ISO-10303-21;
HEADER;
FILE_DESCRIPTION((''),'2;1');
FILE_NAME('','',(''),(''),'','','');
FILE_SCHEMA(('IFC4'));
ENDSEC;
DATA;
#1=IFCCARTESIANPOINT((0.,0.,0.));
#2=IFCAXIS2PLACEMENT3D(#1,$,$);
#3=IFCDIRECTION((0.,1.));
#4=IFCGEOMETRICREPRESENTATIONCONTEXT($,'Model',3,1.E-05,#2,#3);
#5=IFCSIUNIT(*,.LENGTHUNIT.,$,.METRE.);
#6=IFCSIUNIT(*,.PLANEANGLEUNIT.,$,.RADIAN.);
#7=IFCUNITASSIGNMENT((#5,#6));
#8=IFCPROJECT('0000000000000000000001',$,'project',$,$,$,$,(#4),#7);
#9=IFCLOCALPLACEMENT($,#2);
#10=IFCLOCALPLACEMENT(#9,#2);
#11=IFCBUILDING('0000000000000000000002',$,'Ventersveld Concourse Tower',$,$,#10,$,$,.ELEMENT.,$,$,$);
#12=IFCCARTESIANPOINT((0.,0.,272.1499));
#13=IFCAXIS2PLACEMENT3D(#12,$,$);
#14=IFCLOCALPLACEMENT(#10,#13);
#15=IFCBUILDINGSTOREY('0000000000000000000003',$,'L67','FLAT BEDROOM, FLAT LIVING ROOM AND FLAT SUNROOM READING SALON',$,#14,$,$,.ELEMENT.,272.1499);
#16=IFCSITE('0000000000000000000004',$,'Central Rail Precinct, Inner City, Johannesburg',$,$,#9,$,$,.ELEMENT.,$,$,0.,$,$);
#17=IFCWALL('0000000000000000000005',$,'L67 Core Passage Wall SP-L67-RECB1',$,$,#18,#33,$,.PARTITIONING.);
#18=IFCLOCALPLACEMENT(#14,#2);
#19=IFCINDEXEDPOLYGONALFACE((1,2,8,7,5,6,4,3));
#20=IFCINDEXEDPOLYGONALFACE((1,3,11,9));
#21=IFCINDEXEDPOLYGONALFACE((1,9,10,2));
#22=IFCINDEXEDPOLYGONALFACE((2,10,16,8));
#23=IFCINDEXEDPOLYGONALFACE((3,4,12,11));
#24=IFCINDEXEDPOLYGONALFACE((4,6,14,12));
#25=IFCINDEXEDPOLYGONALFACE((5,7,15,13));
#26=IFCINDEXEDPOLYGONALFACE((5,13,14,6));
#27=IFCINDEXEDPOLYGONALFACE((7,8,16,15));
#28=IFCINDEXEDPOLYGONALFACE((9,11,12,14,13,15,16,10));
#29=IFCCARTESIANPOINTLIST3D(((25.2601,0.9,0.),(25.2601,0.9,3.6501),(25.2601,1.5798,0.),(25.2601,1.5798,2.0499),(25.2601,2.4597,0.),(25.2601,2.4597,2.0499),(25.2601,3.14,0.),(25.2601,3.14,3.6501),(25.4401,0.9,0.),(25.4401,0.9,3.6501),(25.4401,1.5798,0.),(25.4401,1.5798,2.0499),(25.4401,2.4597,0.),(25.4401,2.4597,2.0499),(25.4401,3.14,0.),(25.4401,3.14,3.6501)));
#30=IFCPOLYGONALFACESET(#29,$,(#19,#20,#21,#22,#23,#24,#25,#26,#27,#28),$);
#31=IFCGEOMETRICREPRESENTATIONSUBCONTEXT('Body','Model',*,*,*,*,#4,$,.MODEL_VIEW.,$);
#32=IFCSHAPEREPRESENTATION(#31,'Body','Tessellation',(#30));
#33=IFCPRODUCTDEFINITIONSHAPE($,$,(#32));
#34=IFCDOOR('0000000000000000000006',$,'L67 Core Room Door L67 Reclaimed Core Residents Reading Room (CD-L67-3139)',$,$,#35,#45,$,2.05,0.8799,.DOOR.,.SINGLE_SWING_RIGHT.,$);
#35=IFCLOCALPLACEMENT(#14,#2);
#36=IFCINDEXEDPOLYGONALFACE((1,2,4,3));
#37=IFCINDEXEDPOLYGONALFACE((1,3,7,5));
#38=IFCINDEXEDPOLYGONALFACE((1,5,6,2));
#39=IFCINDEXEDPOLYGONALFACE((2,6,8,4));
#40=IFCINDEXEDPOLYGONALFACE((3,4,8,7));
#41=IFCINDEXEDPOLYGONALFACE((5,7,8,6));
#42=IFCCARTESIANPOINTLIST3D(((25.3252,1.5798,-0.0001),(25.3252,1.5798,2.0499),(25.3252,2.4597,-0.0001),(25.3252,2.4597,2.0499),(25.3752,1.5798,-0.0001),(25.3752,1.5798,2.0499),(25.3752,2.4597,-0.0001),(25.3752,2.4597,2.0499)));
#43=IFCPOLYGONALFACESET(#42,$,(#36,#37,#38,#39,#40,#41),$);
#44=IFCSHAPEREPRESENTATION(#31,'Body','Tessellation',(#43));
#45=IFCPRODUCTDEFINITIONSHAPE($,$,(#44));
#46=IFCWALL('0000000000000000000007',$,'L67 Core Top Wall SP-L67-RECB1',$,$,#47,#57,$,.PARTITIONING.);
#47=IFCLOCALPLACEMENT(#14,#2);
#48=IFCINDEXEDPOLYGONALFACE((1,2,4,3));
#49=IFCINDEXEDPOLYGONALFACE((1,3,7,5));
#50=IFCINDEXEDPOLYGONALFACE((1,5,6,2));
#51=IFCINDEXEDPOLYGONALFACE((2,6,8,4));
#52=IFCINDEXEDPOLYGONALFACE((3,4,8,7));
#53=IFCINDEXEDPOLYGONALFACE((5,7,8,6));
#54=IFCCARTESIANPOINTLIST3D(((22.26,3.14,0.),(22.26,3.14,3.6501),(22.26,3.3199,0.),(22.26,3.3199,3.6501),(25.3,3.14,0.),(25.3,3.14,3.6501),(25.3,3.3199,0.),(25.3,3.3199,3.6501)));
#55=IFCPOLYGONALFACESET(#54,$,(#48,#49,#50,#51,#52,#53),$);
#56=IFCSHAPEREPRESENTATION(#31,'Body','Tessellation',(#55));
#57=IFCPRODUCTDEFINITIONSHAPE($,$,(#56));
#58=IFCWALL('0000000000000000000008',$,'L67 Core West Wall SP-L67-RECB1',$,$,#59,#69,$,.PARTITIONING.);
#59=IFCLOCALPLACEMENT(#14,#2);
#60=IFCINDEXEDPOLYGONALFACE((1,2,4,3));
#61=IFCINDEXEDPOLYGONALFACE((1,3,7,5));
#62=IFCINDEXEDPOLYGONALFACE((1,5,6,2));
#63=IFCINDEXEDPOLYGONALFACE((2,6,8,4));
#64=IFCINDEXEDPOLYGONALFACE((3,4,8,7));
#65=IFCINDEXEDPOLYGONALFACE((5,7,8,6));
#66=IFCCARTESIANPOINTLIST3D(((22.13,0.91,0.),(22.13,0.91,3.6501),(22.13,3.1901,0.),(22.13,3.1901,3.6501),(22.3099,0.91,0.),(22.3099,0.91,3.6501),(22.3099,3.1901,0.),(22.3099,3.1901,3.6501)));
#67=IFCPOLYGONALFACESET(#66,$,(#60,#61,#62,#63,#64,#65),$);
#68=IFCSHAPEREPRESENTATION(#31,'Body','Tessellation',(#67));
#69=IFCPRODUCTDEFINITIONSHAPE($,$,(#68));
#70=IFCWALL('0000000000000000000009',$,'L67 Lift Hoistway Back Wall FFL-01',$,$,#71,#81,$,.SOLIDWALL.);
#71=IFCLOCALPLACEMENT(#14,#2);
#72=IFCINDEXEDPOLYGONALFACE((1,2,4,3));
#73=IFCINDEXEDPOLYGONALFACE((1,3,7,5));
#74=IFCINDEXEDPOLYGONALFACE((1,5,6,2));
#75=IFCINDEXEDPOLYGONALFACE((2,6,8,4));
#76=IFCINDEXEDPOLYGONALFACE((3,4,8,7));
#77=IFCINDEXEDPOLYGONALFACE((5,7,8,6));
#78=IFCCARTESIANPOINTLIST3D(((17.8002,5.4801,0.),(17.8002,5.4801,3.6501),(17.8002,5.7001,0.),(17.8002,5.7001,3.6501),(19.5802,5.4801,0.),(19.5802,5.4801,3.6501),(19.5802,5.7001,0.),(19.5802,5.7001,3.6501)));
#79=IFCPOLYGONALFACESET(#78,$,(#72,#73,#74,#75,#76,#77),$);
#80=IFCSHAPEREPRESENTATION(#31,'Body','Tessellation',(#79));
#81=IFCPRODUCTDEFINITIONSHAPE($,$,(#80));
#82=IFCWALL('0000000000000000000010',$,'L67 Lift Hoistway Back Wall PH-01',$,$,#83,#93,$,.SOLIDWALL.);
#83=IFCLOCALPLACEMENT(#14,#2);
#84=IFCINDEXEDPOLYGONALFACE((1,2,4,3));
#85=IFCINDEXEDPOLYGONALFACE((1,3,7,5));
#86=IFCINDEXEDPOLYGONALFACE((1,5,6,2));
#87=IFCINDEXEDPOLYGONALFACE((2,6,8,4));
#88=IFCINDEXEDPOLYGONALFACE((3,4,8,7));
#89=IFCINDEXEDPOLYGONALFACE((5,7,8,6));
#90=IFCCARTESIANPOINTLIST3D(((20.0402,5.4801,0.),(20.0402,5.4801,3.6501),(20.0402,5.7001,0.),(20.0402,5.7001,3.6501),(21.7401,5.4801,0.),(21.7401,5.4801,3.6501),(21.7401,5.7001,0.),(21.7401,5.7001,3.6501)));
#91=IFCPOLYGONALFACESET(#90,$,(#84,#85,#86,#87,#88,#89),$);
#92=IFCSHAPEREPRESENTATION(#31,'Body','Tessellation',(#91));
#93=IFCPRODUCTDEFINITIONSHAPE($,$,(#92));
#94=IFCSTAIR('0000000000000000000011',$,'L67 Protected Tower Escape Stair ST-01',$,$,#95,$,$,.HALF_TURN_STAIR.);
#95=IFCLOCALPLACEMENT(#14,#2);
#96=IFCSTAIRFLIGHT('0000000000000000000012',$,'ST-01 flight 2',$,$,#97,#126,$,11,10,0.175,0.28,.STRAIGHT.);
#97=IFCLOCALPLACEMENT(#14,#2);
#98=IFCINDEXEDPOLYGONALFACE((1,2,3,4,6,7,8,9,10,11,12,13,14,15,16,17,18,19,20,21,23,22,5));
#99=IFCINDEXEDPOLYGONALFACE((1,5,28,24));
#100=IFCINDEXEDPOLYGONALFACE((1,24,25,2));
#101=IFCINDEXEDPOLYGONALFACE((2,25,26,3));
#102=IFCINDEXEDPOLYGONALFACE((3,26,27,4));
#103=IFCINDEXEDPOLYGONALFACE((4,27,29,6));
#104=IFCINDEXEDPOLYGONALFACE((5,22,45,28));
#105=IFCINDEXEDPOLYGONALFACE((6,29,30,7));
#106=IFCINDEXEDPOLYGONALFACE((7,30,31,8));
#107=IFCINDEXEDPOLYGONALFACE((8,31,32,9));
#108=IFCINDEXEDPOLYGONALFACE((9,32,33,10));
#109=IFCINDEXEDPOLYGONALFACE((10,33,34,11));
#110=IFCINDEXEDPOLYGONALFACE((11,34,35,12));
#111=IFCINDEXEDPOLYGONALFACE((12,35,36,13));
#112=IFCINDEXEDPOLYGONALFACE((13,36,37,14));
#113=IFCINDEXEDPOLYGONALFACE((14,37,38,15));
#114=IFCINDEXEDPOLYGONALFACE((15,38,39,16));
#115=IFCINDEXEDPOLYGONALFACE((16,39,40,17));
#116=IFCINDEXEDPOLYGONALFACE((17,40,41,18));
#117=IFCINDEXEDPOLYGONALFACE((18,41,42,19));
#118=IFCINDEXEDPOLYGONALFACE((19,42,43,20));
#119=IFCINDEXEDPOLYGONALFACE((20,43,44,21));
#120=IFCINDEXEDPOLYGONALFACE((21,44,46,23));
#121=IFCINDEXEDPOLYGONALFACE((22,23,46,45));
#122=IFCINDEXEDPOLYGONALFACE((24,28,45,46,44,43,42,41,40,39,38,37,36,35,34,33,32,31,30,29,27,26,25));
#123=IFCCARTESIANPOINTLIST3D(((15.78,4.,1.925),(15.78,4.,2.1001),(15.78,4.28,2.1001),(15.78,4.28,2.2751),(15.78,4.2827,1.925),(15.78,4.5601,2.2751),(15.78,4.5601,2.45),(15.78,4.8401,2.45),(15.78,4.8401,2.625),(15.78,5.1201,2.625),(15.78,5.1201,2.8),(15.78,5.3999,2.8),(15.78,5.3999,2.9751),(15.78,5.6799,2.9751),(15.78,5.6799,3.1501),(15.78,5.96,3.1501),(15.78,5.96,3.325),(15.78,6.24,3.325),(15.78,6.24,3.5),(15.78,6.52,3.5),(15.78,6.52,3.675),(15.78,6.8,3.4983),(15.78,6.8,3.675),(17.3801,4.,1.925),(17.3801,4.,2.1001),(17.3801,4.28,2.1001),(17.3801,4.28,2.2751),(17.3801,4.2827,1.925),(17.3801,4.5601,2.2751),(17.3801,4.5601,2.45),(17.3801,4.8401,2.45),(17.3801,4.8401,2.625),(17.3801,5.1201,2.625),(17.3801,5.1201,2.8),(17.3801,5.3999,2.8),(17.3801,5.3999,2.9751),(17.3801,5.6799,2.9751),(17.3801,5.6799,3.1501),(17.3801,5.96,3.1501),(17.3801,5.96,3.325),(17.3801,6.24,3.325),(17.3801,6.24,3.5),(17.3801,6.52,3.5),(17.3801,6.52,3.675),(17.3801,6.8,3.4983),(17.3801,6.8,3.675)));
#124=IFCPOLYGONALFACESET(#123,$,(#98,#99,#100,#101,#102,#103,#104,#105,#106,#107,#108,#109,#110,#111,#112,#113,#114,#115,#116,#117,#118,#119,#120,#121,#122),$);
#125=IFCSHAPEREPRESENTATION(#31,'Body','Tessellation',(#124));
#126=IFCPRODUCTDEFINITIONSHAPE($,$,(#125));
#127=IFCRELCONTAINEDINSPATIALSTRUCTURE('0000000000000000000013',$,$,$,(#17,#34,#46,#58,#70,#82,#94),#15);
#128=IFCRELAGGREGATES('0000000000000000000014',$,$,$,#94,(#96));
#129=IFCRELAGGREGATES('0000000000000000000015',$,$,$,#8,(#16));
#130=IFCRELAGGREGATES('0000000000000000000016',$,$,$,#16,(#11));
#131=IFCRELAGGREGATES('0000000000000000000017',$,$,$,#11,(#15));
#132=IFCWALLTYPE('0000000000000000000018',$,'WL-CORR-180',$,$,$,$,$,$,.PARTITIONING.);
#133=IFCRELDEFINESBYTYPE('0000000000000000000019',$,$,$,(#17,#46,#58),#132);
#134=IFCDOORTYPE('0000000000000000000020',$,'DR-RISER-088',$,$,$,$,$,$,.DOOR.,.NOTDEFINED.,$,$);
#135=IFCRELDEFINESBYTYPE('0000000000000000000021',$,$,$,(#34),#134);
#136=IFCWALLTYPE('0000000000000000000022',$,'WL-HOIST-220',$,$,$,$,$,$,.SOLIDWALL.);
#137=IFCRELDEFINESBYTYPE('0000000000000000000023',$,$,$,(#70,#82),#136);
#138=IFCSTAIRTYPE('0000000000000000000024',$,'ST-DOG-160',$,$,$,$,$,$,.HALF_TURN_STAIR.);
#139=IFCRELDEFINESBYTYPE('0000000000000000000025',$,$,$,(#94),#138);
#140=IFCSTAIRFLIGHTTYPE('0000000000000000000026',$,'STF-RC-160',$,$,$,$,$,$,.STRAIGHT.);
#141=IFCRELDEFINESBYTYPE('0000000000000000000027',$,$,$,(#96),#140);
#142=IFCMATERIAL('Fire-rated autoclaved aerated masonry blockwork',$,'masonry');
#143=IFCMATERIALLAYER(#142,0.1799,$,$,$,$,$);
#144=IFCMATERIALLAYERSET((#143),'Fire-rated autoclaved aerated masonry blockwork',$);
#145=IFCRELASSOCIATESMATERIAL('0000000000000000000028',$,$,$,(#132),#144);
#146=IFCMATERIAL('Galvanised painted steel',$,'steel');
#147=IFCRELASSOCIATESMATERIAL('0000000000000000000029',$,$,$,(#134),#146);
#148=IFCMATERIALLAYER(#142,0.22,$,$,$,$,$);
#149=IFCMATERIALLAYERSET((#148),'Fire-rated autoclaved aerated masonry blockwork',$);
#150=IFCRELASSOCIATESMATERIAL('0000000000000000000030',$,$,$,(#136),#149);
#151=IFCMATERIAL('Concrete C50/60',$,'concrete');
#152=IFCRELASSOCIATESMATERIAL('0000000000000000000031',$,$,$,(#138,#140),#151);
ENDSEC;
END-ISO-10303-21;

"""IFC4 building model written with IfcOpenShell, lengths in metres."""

from ifc_helpers import new_model, si_unit, direction, frame, frame_2d, origin, place, context, subcontext, project, spatial, polyline, rectangle, outline, extrude, material, layer, layer_set, type_object, element, fill, aggregate, save


model = new_model("IFC4")

# Units and contexts
model_context = context("Model", 3, precision=1e-05, world=origin(), true_north=direction((0.0, 1.0)))
body_context = subcontext(model_context, "Body", "Model", "MODEL_VIEW")
ifc_project = project(units=[si_unit("LENGTHUNIT", "METRE"), si_unit("PLANEANGLEUNIT", "RADIAN")], contexts=[model_context])

# Site, building, storey
site_placement = place(None, origin())
site = spatial("IfcSite", under=ifc_project, at=site_placement, Name="Central Rail Precinct, Inner City, Johannesburg", CompositionType="ELEMENT", RefElevation=0.0)
building_placement = place(site_placement, origin())
building = spatial("IfcBuilding", under=site, at=building_placement, Name="Ventersveld Concourse Tower", CompositionType="ELEMENT")
storey_placement = place(building_placement, frame((0.0, 0.0, 272.1499)))
storey = spatial("IfcBuildingStorey", under=building, at=storey_placement, Name="L67", Description="FLAT BEDROOM, FLAT LIVING ROOM AND FLAT SUNROOM READING SALON", CompositionType="ELEMENT", Elevation=272.1499)

# Shared definitions
ifc_material_1 = material(Name="Concrete C50/60", Category="concrete")

# Wall, opening, door
ifc_material_2 = material(Name="Fire-rated autoclaved aerated masonry blockwork", Category="masonry")
ifc_layer_1 = layer(ifc_material_2, 0.1799)
ifc_layer_set_1 = layer_set([ifc_layer_1], Name="Fire-rated autoclaved aerated masonry blockwork")
wall_type_1 = type_object("IfcWallType", Name="WL-CORR-180", PredefinedType="PARTITIONING", material=ifc_layer_set_1)
wall_1_placement = place(storey_placement, frame((25.3501, 0.8999, 0.0), z_axis=(0.0, 0.0, 1.0), x_axis=(0.0, 1.0, 0.0)))
wall_1 = element("IfcWall", 1, at=wall_1_placement, inside=storey, type_object=wall_type_1, Name="L67 Core Passage Wall SP-L67-RECB1", PredefinedType="PARTITIONING", context=body_context, shape_type="SweptSolid", body=[
    extrude(rectangle(XDim=2.24, YDim=0.1799, at=frame_2d((1.1201, 0.0))), origin(), (0.0, 0.0, 1.0), 3.6501),
])
opening_placement = place(wall_1_placement, frame((0.6799, 0.0, 0.0)))
opening = element("IfcOpeningElement", 2, at=opening_placement, cuts=wall_1, PredefinedType="OPENING", context=body_context, shape_type="SweptSolid", body=[
    extrude(rectangle(XDim=0.8799, YDim=2.05, at=frame_2d((0.4399, 1.0249))), frame((0.0, 0.1001, 0.0), z_axis=(0.0, -1.0, 0.0), x_axis=(1.0, 0.0, 0.0)), (0.0, 0.0, 1.0), 0.2),
])
ifc_material_3 = material(Name="Galvanised painted steel", Category="steel")
door_type = type_object("IfcDoorType", Name="DR-RISER-088", OperationType="NOTDEFINED", PredefinedType="DOOR", material=ifc_material_3)
door_placement = place(opening_placement, origin())
door = element("IfcDoor", 3, at=door_placement, inside=storey, type_object=door_type, Name="L67 Core Room Door L67 Reclaimed Core Residents Reading Room (CD-L67-3139)", OperationType="SINGLE_SWING_RIGHT", OverallHeight=2.05, OverallWidth=0.8799, PredefinedType="DOOR", context=body_context, shape_type="SweptSolid", body=[
    extrude(rectangle(XDim=0.8799, YDim=2.05, at=frame_2d((0.4399, 1.0249))), frame((0.0, 0.0249, 0.0), z_axis=(0.0, -1.0, 0.0), x_axis=(1.0, 0.0, 0.0)), (0.0, 0.0, 1.0), 0.05),
])
fill(opening, door)

# Walls
wall_2_placement = place(storey_placement, frame((22.26, 3.23, 0.0), z_axis=(0.0, 0.0, 1.0), x_axis=(1.0, 0.0, 0.0)))
element("IfcWall", 4, at=wall_2_placement, inside=storey, type_object=wall_type_1, Name="L67 Core Top Wall SP-L67-RECB1", PredefinedType="PARTITIONING", context=body_context, shape_type="SweptSolid", body=[
    extrude(rectangle(XDim=3.04, YDim=0.1799, at=frame_2d((1.52, 0.0))), origin(), (0.0, 0.0, 1.0), 3.6501),
])
wall_3_placement = place(storey_placement, frame((22.22, 0.9099, 0.0), z_axis=(0.0, 0.0, 1.0), x_axis=(0.0, 1.0, 0.0)))
element("IfcWall", 5, at=wall_3_placement, inside=storey, type_object=wall_type_1, Name="L67 Core West Wall SP-L67-RECB1", PredefinedType="PARTITIONING", context=body_context, shape_type="SweptSolid", body=[
    extrude(rectangle(XDim=2.28, YDim=0.1799, at=frame_2d((1.1401, 0.0))), origin(), (0.0, 0.0, 1.0), 3.6501),
])
ifc_layer_2 = layer(ifc_material_2, 0.22)
ifc_layer_set_2 = layer_set([ifc_layer_2], Name="Fire-rated autoclaved aerated masonry blockwork")
wall_type_2 = type_object("IfcWallType", Name="WL-HOIST-220", PredefinedType="SOLIDWALL", material=ifc_layer_set_2)
wall_4_placement = place(storey_placement, frame((17.8, 5.5901, 0.0), z_axis=(0.0, 0.0, 1.0), x_axis=(1.0, 0.0, 0.0)))
element("IfcWall", 6, at=wall_4_placement, inside=storey, type_object=wall_type_2, Name="L67 Lift Hoistway Back Wall FFL-01", PredefinedType="SOLIDWALL", context=body_context, shape_type="SweptSolid", body=[
    extrude(rectangle(XDim=1.78, YDim=0.22, at=frame_2d((0.8901, 0.0))), origin(), (0.0, 0.0, 1.0), 3.6501),
])
wall_5_placement = place(storey_placement, frame((20.04, 5.5901, 0.0), z_axis=(0.0, 0.0, 1.0), x_axis=(1.0, 0.0, 0.0)))
element("IfcWall", 7, at=wall_5_placement, inside=storey, type_object=wall_type_2, Name="L67 Lift Hoistway Back Wall PH-01", PredefinedType="SOLIDWALL", context=body_context, shape_type="SweptSolid", body=[
    extrude(rectangle(XDim=1.7, YDim=0.22, at=frame_2d((0.8501, 0.0))), origin(), (0.0, 0.0, 1.0), 3.6501),
])

# Stair, stair flight
stair_type = type_object("IfcStairType", Name="ST-DOG-160", PredefinedType="HALF_TURN_STAIR", material=ifc_material_1)
stair_placement = place(storey_placement, origin())
stair = element("IfcStair", 8, at=stair_placement, inside=storey, type_object=stair_type, Name="L67 Protected Tower Escape Stair ST-01", PredefinedType="HALF_TURN_STAIR")
stair_flight_type = type_object("IfcStairFlightType", Name="STF-RC-160", PredefinedType="STRAIGHT", material=ifc_material_1)
stair_flight_placement = place(storey_placement, frame((16.5801, 4.0, 1.925), z_axis=(0.0, 0.0, 1.0), x_axis=(0.0, 1.0, 0.0)))
stair_flight = element("IfcStairFlight", 9, at=stair_flight_placement, type_object=stair_flight_type, Name="ST-01 flight 2", NumberOfRisers=11, NumberOfTreads=10, PredefinedType="STRAIGHT", RiserHeight=0.175, TreadLength=0.28, context=body_context, shape_type="SweptSolid", body=[
    extrude(outline(polyline([(0.0, 0.0), (0.0, 0.175), (0.28, 0.175), (0.28, 0.3501), (0.5601, 0.3501), (0.5601, 0.5249), (0.8401, 0.5249), (0.8401, 0.7), (1.1201, 0.7), (1.1201, 0.875), (1.3999, 0.875), (1.3999, 1.05), (1.6799, 1.05), (1.6799, 1.2251), (1.96, 1.2251), (1.96, 1.3999), (2.24, 1.3999), (2.24, 1.575), (2.52, 1.575), (2.52, 1.75), (2.8, 1.75), (2.8, 1.925), (2.8, 1.5732), (0.2827, 0.0), (0.0, 0.0)])), frame((0.0, 0.8, 0.0), z_axis=(0.0, -1.0, 0.0), x_axis=(1.0, 0.0, 0.0)), (0.0, 0.0, 1.0), 1.6001),
])
aggregate(stair, [stair_flight])

save(model, "model.ifc")
